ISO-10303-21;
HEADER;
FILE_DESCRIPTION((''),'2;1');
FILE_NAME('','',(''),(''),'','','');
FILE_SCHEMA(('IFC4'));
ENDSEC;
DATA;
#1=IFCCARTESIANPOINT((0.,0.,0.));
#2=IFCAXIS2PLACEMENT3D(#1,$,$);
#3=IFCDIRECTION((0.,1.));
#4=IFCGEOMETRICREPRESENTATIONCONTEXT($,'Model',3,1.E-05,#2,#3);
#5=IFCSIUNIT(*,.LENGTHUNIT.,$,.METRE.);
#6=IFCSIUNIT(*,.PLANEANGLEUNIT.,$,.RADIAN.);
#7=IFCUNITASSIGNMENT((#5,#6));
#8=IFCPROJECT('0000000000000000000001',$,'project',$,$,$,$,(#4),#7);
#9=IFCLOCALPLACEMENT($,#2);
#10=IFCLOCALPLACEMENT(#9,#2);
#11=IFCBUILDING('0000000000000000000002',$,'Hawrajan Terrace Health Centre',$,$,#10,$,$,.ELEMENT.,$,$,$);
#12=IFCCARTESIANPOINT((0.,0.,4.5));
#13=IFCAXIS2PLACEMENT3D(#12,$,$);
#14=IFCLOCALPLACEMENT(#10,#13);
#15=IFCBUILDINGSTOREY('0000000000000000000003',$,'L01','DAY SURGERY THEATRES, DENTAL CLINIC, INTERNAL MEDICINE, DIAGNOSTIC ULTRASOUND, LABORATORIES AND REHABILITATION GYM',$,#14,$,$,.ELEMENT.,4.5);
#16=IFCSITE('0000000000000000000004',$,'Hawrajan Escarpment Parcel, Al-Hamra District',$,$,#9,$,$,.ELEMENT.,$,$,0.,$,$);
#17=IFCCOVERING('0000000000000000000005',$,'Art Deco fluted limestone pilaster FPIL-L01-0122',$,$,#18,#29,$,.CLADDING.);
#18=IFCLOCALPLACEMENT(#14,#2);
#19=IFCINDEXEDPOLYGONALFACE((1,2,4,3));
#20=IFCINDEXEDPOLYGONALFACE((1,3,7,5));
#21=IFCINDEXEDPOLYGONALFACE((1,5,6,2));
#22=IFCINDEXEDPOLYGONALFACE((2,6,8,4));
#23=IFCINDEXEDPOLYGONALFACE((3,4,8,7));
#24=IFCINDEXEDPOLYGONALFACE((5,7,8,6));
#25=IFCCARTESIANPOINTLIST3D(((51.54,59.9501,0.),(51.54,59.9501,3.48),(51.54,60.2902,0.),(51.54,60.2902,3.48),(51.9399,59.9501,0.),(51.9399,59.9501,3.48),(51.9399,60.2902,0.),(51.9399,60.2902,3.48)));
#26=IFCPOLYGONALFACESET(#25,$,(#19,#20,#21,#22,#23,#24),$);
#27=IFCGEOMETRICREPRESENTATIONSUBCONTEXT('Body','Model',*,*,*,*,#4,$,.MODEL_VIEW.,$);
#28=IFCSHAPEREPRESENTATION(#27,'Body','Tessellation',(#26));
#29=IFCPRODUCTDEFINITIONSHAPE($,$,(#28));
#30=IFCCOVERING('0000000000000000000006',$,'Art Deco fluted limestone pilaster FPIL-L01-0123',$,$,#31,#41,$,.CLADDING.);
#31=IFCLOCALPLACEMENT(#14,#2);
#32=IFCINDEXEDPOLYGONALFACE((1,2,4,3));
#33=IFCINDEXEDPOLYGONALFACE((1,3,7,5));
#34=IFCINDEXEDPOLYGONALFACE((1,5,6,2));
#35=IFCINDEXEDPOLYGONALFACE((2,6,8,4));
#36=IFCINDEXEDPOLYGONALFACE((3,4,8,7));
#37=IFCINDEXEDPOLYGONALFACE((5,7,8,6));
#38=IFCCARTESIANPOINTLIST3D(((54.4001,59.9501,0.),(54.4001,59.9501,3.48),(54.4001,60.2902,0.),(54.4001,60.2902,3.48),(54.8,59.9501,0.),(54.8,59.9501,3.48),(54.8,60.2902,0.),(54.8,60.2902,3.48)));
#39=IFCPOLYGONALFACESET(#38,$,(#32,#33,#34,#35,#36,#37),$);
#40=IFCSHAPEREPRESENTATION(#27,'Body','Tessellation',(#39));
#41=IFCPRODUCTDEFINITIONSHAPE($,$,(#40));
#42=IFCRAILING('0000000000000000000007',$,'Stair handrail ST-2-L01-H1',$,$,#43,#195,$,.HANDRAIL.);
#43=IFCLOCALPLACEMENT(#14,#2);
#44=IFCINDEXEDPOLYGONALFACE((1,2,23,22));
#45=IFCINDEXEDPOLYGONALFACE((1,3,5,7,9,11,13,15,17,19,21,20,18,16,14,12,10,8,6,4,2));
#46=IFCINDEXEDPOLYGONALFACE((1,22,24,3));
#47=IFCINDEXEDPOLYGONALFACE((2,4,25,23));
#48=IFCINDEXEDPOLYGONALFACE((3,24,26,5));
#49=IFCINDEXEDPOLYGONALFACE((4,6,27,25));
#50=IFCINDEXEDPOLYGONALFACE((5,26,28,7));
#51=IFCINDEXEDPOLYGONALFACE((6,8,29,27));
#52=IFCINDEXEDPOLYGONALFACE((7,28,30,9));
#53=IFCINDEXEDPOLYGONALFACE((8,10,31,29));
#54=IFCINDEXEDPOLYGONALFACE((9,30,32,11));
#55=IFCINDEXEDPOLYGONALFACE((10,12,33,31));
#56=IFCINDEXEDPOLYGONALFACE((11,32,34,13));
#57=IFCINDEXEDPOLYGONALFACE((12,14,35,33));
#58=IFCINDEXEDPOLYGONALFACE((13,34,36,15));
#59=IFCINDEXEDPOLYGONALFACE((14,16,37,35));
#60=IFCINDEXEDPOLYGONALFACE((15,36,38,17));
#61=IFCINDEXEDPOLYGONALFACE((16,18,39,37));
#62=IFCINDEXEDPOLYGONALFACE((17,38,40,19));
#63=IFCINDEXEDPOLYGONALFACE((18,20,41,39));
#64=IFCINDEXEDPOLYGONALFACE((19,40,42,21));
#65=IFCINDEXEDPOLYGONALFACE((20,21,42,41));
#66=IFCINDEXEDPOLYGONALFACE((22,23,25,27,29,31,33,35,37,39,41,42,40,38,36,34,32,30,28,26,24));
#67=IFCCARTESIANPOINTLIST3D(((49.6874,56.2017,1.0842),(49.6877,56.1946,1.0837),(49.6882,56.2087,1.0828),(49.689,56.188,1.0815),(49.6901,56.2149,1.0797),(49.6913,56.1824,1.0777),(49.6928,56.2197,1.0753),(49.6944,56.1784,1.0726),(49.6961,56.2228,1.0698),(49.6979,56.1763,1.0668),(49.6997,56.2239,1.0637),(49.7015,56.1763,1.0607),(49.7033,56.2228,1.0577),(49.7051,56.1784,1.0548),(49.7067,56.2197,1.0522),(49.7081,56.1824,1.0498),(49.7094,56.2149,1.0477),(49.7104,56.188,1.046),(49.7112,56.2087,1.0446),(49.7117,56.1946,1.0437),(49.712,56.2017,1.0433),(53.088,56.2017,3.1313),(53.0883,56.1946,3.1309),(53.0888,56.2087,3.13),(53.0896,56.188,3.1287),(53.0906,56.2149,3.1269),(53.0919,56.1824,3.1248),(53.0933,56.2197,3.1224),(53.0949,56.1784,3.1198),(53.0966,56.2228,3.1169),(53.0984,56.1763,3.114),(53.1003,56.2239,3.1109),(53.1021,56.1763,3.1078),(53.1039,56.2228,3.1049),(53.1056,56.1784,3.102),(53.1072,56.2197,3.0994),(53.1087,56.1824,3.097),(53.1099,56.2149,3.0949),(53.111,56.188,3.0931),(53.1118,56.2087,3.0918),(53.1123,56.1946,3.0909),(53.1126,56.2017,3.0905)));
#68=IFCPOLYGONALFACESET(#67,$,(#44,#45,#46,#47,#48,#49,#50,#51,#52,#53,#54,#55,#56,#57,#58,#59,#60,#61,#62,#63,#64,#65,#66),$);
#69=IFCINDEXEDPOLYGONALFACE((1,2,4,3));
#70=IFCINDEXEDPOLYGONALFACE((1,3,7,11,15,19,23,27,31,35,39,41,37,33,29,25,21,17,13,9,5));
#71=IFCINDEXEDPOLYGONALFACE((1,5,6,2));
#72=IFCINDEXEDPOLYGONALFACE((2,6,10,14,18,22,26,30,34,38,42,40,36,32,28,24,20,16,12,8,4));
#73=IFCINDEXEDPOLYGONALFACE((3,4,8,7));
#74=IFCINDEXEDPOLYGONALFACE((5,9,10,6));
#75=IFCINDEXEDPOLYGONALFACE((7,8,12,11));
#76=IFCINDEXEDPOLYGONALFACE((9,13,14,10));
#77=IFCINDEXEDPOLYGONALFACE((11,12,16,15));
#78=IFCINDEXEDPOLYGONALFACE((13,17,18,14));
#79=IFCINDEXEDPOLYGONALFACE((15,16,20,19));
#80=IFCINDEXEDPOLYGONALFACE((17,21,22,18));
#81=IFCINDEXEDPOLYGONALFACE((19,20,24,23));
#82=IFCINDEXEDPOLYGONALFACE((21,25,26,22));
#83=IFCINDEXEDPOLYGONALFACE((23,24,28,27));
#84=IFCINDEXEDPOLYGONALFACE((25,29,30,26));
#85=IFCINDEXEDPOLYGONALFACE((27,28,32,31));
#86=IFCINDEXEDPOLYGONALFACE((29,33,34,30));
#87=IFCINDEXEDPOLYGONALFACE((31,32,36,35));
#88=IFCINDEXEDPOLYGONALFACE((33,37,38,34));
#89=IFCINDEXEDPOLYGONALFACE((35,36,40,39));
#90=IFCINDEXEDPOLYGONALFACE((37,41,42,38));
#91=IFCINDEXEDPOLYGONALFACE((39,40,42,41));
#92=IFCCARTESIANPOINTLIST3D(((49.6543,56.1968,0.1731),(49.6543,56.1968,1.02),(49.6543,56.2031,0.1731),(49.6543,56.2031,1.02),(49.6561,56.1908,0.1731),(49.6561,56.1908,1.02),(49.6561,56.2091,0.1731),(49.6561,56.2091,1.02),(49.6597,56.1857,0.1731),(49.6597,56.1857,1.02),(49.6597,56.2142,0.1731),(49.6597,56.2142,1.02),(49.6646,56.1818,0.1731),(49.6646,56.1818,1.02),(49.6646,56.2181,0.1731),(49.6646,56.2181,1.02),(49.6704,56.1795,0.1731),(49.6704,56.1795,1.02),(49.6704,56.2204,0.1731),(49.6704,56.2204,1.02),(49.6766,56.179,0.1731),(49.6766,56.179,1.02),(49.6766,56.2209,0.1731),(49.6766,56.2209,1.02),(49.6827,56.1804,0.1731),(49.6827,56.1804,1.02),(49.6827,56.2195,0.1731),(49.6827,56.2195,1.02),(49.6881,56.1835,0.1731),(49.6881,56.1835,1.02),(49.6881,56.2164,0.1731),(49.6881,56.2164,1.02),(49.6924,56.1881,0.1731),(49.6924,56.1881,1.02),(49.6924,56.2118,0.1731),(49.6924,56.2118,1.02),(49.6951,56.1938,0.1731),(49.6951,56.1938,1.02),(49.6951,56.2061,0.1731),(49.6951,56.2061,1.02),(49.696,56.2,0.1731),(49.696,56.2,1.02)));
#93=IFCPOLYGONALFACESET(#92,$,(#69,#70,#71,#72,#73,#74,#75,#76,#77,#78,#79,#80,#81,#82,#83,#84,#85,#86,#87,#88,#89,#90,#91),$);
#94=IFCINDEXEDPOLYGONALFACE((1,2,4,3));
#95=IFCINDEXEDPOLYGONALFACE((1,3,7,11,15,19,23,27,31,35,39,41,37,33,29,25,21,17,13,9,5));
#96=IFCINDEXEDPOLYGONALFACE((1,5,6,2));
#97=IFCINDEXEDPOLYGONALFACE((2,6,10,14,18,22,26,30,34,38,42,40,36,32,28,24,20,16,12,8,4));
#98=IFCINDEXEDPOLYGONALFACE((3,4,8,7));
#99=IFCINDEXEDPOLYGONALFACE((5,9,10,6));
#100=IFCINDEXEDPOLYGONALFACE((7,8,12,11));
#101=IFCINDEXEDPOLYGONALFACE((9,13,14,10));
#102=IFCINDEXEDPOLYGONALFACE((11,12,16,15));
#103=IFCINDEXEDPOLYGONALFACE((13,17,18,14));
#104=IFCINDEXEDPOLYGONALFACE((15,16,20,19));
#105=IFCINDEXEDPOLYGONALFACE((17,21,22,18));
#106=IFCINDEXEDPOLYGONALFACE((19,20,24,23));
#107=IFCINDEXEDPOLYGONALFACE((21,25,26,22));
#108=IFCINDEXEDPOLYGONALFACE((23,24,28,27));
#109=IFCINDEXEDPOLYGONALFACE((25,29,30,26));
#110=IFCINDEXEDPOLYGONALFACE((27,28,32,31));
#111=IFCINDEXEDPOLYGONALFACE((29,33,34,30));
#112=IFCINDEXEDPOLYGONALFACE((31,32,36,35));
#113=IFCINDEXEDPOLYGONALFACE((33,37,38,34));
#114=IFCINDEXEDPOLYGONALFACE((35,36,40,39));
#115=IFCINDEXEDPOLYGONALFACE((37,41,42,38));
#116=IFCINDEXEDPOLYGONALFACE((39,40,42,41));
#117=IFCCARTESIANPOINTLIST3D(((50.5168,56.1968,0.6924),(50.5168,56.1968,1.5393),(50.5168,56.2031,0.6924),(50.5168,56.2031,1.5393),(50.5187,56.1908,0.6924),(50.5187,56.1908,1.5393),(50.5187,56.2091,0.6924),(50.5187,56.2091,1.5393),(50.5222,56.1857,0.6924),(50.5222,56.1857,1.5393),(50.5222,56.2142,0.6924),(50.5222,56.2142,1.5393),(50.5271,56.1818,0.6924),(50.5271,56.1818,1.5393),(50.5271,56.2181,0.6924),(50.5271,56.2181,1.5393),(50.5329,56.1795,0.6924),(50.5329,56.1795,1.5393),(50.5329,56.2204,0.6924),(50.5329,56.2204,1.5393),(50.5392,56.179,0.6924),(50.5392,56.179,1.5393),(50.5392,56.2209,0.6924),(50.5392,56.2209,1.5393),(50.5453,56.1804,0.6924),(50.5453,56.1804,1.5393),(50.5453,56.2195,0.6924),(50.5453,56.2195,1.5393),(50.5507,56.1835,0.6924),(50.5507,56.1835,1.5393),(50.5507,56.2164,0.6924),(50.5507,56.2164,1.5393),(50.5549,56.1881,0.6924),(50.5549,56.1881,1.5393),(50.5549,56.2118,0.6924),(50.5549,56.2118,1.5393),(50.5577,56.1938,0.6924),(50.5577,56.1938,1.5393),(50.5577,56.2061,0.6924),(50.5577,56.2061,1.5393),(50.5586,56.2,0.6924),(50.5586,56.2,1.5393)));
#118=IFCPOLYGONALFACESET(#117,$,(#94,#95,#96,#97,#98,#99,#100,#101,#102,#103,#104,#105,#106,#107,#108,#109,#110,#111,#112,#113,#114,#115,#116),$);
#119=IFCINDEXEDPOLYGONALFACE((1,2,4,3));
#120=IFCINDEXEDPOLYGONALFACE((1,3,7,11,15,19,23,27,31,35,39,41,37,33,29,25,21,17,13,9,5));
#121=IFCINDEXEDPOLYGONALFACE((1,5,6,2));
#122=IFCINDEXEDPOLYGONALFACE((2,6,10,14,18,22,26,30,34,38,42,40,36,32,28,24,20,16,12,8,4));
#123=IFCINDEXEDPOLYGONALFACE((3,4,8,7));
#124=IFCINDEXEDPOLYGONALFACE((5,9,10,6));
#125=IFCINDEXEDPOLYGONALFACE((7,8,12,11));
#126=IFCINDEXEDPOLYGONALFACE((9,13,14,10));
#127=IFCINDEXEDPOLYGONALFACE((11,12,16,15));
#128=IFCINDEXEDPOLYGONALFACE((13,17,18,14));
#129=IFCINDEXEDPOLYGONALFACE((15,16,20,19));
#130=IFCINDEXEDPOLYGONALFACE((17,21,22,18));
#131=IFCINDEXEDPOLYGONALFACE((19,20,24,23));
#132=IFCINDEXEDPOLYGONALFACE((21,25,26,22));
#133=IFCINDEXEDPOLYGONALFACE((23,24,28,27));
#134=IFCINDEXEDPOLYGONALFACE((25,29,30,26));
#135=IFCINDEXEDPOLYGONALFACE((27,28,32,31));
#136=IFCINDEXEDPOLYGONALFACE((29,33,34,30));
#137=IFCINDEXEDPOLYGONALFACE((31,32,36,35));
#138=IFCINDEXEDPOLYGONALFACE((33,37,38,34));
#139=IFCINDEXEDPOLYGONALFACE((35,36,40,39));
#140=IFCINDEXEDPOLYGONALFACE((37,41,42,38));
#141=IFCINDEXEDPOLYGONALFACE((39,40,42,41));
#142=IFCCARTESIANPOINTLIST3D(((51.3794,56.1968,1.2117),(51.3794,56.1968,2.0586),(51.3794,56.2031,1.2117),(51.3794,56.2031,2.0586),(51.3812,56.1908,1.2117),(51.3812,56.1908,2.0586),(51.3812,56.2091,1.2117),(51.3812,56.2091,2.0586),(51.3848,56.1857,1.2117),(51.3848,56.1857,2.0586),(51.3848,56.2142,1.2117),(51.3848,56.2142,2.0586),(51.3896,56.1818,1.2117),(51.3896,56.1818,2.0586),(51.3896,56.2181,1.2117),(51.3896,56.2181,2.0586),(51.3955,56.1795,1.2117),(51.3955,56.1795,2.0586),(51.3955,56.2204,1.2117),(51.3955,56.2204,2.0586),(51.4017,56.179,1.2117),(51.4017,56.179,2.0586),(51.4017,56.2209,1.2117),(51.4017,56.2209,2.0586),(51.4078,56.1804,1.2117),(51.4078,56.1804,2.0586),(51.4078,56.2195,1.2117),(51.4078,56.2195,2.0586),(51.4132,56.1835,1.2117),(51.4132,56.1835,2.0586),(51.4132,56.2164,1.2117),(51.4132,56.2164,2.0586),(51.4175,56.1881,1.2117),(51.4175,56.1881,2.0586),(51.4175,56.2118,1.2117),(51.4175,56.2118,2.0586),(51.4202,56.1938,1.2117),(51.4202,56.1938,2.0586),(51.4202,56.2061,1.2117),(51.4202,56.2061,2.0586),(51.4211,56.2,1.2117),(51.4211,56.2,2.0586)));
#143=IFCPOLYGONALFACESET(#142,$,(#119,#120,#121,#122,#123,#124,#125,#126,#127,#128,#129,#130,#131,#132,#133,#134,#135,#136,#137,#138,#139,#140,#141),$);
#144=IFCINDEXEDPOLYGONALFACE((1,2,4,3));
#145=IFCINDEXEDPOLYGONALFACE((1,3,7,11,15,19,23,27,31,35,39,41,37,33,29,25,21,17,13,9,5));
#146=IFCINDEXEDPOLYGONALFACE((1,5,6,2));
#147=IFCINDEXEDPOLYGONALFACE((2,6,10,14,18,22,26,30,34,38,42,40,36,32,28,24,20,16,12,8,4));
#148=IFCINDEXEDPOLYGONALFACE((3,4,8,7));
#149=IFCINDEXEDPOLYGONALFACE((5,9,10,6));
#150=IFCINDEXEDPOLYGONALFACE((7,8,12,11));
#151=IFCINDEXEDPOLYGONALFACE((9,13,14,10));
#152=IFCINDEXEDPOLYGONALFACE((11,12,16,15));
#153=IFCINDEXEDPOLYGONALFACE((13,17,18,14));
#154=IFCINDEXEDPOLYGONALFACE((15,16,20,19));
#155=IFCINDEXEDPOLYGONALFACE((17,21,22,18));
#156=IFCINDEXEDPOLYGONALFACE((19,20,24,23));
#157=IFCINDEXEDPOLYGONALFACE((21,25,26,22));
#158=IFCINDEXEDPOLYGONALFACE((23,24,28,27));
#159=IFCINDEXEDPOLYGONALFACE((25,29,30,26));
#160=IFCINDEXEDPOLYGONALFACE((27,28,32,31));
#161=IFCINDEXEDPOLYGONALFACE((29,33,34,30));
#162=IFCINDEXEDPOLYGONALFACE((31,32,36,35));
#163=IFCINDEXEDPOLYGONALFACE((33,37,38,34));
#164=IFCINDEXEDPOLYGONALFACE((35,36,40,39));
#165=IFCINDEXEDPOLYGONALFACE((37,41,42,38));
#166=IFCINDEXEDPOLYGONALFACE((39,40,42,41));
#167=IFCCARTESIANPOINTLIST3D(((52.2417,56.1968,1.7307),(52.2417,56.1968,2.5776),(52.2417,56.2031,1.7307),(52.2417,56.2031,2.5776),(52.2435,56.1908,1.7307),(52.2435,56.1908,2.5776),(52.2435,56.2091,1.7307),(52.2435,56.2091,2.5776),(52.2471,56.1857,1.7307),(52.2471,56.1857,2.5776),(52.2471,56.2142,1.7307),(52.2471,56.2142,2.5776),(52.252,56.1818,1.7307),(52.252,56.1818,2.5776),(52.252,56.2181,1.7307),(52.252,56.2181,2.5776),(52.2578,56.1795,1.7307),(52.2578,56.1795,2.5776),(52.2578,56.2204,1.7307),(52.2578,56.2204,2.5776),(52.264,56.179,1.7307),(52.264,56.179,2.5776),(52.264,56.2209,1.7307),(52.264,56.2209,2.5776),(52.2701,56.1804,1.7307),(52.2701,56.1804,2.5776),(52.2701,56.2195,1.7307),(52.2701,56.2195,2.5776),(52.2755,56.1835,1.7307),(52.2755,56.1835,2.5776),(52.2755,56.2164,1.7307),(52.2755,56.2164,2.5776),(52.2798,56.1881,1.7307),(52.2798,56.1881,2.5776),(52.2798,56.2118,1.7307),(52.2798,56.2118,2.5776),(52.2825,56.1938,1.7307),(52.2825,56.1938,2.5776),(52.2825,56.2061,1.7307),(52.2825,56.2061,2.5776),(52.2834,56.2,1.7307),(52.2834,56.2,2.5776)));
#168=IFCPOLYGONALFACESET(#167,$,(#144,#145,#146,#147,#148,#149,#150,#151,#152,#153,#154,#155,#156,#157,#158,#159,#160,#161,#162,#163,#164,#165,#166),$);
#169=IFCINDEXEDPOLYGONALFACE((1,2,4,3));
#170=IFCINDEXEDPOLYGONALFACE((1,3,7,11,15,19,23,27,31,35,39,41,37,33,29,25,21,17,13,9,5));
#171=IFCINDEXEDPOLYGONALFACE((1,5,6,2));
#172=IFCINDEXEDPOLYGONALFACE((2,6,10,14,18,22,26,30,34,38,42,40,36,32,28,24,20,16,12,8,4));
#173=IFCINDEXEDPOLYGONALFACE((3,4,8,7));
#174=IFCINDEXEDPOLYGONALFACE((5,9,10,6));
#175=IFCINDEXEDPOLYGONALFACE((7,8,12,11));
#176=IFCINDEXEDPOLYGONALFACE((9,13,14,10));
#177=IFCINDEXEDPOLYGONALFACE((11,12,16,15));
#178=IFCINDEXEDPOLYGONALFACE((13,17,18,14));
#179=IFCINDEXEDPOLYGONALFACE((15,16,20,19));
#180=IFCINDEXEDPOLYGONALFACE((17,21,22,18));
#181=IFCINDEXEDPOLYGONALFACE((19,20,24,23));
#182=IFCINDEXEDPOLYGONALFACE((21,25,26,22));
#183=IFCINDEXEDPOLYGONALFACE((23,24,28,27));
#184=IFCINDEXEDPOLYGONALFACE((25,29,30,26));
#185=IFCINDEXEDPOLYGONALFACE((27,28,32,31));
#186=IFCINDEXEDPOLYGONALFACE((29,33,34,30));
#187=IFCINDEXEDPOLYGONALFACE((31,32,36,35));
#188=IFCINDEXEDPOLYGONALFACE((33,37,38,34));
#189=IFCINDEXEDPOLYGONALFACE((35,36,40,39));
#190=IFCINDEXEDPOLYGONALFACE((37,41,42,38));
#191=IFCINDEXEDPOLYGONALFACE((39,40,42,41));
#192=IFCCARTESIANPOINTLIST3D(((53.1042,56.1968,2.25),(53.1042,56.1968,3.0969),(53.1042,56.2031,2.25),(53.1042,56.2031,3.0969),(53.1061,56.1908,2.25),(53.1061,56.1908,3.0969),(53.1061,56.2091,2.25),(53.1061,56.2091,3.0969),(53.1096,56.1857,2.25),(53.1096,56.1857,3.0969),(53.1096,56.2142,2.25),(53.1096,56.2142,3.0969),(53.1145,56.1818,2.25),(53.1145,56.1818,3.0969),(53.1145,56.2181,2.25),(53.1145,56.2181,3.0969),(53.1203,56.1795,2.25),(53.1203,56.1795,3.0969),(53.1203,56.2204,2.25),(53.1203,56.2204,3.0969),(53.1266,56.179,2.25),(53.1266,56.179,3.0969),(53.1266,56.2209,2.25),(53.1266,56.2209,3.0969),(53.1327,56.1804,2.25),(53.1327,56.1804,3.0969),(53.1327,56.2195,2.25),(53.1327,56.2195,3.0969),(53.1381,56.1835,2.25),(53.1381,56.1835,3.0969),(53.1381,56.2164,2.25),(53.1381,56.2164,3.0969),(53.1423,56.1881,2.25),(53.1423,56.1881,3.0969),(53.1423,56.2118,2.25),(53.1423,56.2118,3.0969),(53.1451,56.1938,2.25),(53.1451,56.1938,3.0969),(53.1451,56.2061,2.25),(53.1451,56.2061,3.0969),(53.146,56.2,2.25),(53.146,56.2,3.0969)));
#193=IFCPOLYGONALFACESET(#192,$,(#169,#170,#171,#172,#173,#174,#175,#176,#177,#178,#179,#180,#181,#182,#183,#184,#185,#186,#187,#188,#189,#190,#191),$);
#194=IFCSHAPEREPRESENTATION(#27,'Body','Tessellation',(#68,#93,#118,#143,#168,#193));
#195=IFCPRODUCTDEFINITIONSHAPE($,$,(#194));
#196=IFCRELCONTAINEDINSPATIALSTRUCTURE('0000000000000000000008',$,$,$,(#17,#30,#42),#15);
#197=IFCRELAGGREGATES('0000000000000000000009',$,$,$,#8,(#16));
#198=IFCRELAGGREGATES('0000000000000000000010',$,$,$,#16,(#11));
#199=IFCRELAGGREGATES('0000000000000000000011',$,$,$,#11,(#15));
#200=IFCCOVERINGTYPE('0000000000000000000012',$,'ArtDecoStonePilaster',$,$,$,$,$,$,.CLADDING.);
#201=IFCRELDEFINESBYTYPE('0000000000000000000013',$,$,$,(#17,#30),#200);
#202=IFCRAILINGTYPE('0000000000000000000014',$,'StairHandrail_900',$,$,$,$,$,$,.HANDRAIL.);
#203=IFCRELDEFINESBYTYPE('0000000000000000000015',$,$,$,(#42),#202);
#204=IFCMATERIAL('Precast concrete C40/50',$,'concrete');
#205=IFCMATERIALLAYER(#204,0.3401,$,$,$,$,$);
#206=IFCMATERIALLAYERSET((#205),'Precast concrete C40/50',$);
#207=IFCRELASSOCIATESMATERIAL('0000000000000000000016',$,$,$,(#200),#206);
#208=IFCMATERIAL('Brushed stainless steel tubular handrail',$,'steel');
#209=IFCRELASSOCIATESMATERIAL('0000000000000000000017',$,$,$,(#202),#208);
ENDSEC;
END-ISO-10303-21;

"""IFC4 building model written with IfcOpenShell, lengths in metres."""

from ifc_helpers import new_model, si_unit, direction, frame, origin, origin_2d, place, context, subcontext, project, spatial, rectangle, circle, extrude, material, layer, layer_set, type_object, element, save


model = new_model("IFC4")

# Units and contexts
model_context = context("Model", 3, precision=1e-05, world=origin(), true_north=direction((0.0, 1.0)))
body_context = subcontext(model_context, "Body", "Model", "MODEL_VIEW")
ifc_project = project(units=[si_unit("LENGTHUNIT", "METRE"), si_unit("PLANEANGLEUNIT", "RADIAN")], contexts=[model_context])

# Site, building, storey
site_placement = place(None, origin())
site = spatial("IfcSite", under=ifc_project, at=site_placement, Name="Hawrajan Escarpment Parcel, Al-Hamra District", CompositionType="ELEMENT", RefElevation=0.0)
building_placement = place(site_placement, origin())
building = spatial("IfcBuilding", under=site, at=building_placement, Name="Hawrajan Terrace Health Centre", CompositionType="ELEMENT")
storey_placement = place(building_placement, frame((0.0, 0.0, 4.5)))
storey = spatial("IfcBuildingStorey", under=building, at=storey_placement, Name="L01", Description="DAY SURGERY THEATRES, DENTAL CLINIC, INTERNAL MEDICINE, DIAGNOSTIC ULTRASOUND, LABORATORIES AND REHABILITATION GYM", CompositionType="ELEMENT", Elevation=4.5)

# Shared definitions
ifc_material_1 = material(Name="Precast concrete C40/50", Category="concrete")

# Coverings
ifc_layer_1 = layer(ifc_material_1, 0.3401)
ifc_layer_set_1 = layer_set([ifc_layer_1], Name="Precast concrete C40/50")
covering_type_1 = type_object("IfcCoveringType", Name="ArtDecoStonePilaster", PredefinedType="CLADDING", material=ifc_layer_set_1)
for number, where, z_axis, x_axis, name in (
    (1, (51.74, 60.1201, 0.0), (0.0, 0.0, 1.0), (1.0, 0.0, 0.0), "Art Deco fluted limestone pilaster FPIL-L01-0122"),
    (2, (54.6001, 60.1201, 0.0), (0.0, 0.0, 1.0), (1.0, 0.0, 0.0), "Art Deco fluted limestone pilaster FPIL-L01-0123"),
):
    element("IfcCovering", number, at=place(storey_placement, frame(where, z_axis=z_axis, x_axis=x_axis)), inside=storey, type_object=covering_type_1, Name=name, PredefinedType="CLADDING", context=body_context, shape_type="SweptSolid", body=[
        extrude(rectangle(XDim=0.3999, YDim=0.3401, at=origin_2d()), origin(), (0.0, 0.0, 1.0), 3.48),
    ])

# Railing
ifc_material_2 = material(Name="Brushed stainless steel tubular handrail", Category="steel")
railing_type_1 = type_object("IfcRailingType", Name="StairHandrail_900", PredefinedType="HANDRAIL", material=ifc_material_2)
railing_1_placement = place(storey_placement, frame((49.675, 56.2, 0.1731)))
element("IfcRailing", 3, at=railing_1_placement, inside=storey, type_object=railing_type_1, Name="Stair handrail ST-2-L01-H1", PredefinedType="HANDRAIL", context=body_context, shape_type="SweptSolid", body=[
    extrude(circle(Radius=0.0239, at=origin_2d()), frame((0.0247, 0.0, 0.8906), z_axis=(0.856732, 0.0, 0.515761), x_axis=(0.0, 1.0, 0.0)), (0.0, 0.0, 1.0), 3.9692),
    extrude(circle(Radius=0.021, at=origin_2d()), origin(), (0.0, 0.0, 1.0), 0.8469),
    extrude(circle(Radius=0.021, at=origin_2d()), frame((0.8625, 0.0, 0.5193)), (0.0, 0.0, 1.0), 0.8469),
    extrude(circle(Radius=0.021, at=origin_2d()), frame((1.7251, 0.0, 1.0386)), (0.0, 0.0, 1.0), 0.8469),
    extrude(circle(Radius=0.021, at=origin_2d()), frame((2.5874, 0.0, 1.5576)), (0.0, 0.0, 1.0), 0.8469),
    extrude(circle(Radius=0.021, at=origin_2d()), frame((3.45, 0.0, 2.0769)), (0.0, 0.0, 1.0), 0.8469),
])

save(model, "model.ifc")
